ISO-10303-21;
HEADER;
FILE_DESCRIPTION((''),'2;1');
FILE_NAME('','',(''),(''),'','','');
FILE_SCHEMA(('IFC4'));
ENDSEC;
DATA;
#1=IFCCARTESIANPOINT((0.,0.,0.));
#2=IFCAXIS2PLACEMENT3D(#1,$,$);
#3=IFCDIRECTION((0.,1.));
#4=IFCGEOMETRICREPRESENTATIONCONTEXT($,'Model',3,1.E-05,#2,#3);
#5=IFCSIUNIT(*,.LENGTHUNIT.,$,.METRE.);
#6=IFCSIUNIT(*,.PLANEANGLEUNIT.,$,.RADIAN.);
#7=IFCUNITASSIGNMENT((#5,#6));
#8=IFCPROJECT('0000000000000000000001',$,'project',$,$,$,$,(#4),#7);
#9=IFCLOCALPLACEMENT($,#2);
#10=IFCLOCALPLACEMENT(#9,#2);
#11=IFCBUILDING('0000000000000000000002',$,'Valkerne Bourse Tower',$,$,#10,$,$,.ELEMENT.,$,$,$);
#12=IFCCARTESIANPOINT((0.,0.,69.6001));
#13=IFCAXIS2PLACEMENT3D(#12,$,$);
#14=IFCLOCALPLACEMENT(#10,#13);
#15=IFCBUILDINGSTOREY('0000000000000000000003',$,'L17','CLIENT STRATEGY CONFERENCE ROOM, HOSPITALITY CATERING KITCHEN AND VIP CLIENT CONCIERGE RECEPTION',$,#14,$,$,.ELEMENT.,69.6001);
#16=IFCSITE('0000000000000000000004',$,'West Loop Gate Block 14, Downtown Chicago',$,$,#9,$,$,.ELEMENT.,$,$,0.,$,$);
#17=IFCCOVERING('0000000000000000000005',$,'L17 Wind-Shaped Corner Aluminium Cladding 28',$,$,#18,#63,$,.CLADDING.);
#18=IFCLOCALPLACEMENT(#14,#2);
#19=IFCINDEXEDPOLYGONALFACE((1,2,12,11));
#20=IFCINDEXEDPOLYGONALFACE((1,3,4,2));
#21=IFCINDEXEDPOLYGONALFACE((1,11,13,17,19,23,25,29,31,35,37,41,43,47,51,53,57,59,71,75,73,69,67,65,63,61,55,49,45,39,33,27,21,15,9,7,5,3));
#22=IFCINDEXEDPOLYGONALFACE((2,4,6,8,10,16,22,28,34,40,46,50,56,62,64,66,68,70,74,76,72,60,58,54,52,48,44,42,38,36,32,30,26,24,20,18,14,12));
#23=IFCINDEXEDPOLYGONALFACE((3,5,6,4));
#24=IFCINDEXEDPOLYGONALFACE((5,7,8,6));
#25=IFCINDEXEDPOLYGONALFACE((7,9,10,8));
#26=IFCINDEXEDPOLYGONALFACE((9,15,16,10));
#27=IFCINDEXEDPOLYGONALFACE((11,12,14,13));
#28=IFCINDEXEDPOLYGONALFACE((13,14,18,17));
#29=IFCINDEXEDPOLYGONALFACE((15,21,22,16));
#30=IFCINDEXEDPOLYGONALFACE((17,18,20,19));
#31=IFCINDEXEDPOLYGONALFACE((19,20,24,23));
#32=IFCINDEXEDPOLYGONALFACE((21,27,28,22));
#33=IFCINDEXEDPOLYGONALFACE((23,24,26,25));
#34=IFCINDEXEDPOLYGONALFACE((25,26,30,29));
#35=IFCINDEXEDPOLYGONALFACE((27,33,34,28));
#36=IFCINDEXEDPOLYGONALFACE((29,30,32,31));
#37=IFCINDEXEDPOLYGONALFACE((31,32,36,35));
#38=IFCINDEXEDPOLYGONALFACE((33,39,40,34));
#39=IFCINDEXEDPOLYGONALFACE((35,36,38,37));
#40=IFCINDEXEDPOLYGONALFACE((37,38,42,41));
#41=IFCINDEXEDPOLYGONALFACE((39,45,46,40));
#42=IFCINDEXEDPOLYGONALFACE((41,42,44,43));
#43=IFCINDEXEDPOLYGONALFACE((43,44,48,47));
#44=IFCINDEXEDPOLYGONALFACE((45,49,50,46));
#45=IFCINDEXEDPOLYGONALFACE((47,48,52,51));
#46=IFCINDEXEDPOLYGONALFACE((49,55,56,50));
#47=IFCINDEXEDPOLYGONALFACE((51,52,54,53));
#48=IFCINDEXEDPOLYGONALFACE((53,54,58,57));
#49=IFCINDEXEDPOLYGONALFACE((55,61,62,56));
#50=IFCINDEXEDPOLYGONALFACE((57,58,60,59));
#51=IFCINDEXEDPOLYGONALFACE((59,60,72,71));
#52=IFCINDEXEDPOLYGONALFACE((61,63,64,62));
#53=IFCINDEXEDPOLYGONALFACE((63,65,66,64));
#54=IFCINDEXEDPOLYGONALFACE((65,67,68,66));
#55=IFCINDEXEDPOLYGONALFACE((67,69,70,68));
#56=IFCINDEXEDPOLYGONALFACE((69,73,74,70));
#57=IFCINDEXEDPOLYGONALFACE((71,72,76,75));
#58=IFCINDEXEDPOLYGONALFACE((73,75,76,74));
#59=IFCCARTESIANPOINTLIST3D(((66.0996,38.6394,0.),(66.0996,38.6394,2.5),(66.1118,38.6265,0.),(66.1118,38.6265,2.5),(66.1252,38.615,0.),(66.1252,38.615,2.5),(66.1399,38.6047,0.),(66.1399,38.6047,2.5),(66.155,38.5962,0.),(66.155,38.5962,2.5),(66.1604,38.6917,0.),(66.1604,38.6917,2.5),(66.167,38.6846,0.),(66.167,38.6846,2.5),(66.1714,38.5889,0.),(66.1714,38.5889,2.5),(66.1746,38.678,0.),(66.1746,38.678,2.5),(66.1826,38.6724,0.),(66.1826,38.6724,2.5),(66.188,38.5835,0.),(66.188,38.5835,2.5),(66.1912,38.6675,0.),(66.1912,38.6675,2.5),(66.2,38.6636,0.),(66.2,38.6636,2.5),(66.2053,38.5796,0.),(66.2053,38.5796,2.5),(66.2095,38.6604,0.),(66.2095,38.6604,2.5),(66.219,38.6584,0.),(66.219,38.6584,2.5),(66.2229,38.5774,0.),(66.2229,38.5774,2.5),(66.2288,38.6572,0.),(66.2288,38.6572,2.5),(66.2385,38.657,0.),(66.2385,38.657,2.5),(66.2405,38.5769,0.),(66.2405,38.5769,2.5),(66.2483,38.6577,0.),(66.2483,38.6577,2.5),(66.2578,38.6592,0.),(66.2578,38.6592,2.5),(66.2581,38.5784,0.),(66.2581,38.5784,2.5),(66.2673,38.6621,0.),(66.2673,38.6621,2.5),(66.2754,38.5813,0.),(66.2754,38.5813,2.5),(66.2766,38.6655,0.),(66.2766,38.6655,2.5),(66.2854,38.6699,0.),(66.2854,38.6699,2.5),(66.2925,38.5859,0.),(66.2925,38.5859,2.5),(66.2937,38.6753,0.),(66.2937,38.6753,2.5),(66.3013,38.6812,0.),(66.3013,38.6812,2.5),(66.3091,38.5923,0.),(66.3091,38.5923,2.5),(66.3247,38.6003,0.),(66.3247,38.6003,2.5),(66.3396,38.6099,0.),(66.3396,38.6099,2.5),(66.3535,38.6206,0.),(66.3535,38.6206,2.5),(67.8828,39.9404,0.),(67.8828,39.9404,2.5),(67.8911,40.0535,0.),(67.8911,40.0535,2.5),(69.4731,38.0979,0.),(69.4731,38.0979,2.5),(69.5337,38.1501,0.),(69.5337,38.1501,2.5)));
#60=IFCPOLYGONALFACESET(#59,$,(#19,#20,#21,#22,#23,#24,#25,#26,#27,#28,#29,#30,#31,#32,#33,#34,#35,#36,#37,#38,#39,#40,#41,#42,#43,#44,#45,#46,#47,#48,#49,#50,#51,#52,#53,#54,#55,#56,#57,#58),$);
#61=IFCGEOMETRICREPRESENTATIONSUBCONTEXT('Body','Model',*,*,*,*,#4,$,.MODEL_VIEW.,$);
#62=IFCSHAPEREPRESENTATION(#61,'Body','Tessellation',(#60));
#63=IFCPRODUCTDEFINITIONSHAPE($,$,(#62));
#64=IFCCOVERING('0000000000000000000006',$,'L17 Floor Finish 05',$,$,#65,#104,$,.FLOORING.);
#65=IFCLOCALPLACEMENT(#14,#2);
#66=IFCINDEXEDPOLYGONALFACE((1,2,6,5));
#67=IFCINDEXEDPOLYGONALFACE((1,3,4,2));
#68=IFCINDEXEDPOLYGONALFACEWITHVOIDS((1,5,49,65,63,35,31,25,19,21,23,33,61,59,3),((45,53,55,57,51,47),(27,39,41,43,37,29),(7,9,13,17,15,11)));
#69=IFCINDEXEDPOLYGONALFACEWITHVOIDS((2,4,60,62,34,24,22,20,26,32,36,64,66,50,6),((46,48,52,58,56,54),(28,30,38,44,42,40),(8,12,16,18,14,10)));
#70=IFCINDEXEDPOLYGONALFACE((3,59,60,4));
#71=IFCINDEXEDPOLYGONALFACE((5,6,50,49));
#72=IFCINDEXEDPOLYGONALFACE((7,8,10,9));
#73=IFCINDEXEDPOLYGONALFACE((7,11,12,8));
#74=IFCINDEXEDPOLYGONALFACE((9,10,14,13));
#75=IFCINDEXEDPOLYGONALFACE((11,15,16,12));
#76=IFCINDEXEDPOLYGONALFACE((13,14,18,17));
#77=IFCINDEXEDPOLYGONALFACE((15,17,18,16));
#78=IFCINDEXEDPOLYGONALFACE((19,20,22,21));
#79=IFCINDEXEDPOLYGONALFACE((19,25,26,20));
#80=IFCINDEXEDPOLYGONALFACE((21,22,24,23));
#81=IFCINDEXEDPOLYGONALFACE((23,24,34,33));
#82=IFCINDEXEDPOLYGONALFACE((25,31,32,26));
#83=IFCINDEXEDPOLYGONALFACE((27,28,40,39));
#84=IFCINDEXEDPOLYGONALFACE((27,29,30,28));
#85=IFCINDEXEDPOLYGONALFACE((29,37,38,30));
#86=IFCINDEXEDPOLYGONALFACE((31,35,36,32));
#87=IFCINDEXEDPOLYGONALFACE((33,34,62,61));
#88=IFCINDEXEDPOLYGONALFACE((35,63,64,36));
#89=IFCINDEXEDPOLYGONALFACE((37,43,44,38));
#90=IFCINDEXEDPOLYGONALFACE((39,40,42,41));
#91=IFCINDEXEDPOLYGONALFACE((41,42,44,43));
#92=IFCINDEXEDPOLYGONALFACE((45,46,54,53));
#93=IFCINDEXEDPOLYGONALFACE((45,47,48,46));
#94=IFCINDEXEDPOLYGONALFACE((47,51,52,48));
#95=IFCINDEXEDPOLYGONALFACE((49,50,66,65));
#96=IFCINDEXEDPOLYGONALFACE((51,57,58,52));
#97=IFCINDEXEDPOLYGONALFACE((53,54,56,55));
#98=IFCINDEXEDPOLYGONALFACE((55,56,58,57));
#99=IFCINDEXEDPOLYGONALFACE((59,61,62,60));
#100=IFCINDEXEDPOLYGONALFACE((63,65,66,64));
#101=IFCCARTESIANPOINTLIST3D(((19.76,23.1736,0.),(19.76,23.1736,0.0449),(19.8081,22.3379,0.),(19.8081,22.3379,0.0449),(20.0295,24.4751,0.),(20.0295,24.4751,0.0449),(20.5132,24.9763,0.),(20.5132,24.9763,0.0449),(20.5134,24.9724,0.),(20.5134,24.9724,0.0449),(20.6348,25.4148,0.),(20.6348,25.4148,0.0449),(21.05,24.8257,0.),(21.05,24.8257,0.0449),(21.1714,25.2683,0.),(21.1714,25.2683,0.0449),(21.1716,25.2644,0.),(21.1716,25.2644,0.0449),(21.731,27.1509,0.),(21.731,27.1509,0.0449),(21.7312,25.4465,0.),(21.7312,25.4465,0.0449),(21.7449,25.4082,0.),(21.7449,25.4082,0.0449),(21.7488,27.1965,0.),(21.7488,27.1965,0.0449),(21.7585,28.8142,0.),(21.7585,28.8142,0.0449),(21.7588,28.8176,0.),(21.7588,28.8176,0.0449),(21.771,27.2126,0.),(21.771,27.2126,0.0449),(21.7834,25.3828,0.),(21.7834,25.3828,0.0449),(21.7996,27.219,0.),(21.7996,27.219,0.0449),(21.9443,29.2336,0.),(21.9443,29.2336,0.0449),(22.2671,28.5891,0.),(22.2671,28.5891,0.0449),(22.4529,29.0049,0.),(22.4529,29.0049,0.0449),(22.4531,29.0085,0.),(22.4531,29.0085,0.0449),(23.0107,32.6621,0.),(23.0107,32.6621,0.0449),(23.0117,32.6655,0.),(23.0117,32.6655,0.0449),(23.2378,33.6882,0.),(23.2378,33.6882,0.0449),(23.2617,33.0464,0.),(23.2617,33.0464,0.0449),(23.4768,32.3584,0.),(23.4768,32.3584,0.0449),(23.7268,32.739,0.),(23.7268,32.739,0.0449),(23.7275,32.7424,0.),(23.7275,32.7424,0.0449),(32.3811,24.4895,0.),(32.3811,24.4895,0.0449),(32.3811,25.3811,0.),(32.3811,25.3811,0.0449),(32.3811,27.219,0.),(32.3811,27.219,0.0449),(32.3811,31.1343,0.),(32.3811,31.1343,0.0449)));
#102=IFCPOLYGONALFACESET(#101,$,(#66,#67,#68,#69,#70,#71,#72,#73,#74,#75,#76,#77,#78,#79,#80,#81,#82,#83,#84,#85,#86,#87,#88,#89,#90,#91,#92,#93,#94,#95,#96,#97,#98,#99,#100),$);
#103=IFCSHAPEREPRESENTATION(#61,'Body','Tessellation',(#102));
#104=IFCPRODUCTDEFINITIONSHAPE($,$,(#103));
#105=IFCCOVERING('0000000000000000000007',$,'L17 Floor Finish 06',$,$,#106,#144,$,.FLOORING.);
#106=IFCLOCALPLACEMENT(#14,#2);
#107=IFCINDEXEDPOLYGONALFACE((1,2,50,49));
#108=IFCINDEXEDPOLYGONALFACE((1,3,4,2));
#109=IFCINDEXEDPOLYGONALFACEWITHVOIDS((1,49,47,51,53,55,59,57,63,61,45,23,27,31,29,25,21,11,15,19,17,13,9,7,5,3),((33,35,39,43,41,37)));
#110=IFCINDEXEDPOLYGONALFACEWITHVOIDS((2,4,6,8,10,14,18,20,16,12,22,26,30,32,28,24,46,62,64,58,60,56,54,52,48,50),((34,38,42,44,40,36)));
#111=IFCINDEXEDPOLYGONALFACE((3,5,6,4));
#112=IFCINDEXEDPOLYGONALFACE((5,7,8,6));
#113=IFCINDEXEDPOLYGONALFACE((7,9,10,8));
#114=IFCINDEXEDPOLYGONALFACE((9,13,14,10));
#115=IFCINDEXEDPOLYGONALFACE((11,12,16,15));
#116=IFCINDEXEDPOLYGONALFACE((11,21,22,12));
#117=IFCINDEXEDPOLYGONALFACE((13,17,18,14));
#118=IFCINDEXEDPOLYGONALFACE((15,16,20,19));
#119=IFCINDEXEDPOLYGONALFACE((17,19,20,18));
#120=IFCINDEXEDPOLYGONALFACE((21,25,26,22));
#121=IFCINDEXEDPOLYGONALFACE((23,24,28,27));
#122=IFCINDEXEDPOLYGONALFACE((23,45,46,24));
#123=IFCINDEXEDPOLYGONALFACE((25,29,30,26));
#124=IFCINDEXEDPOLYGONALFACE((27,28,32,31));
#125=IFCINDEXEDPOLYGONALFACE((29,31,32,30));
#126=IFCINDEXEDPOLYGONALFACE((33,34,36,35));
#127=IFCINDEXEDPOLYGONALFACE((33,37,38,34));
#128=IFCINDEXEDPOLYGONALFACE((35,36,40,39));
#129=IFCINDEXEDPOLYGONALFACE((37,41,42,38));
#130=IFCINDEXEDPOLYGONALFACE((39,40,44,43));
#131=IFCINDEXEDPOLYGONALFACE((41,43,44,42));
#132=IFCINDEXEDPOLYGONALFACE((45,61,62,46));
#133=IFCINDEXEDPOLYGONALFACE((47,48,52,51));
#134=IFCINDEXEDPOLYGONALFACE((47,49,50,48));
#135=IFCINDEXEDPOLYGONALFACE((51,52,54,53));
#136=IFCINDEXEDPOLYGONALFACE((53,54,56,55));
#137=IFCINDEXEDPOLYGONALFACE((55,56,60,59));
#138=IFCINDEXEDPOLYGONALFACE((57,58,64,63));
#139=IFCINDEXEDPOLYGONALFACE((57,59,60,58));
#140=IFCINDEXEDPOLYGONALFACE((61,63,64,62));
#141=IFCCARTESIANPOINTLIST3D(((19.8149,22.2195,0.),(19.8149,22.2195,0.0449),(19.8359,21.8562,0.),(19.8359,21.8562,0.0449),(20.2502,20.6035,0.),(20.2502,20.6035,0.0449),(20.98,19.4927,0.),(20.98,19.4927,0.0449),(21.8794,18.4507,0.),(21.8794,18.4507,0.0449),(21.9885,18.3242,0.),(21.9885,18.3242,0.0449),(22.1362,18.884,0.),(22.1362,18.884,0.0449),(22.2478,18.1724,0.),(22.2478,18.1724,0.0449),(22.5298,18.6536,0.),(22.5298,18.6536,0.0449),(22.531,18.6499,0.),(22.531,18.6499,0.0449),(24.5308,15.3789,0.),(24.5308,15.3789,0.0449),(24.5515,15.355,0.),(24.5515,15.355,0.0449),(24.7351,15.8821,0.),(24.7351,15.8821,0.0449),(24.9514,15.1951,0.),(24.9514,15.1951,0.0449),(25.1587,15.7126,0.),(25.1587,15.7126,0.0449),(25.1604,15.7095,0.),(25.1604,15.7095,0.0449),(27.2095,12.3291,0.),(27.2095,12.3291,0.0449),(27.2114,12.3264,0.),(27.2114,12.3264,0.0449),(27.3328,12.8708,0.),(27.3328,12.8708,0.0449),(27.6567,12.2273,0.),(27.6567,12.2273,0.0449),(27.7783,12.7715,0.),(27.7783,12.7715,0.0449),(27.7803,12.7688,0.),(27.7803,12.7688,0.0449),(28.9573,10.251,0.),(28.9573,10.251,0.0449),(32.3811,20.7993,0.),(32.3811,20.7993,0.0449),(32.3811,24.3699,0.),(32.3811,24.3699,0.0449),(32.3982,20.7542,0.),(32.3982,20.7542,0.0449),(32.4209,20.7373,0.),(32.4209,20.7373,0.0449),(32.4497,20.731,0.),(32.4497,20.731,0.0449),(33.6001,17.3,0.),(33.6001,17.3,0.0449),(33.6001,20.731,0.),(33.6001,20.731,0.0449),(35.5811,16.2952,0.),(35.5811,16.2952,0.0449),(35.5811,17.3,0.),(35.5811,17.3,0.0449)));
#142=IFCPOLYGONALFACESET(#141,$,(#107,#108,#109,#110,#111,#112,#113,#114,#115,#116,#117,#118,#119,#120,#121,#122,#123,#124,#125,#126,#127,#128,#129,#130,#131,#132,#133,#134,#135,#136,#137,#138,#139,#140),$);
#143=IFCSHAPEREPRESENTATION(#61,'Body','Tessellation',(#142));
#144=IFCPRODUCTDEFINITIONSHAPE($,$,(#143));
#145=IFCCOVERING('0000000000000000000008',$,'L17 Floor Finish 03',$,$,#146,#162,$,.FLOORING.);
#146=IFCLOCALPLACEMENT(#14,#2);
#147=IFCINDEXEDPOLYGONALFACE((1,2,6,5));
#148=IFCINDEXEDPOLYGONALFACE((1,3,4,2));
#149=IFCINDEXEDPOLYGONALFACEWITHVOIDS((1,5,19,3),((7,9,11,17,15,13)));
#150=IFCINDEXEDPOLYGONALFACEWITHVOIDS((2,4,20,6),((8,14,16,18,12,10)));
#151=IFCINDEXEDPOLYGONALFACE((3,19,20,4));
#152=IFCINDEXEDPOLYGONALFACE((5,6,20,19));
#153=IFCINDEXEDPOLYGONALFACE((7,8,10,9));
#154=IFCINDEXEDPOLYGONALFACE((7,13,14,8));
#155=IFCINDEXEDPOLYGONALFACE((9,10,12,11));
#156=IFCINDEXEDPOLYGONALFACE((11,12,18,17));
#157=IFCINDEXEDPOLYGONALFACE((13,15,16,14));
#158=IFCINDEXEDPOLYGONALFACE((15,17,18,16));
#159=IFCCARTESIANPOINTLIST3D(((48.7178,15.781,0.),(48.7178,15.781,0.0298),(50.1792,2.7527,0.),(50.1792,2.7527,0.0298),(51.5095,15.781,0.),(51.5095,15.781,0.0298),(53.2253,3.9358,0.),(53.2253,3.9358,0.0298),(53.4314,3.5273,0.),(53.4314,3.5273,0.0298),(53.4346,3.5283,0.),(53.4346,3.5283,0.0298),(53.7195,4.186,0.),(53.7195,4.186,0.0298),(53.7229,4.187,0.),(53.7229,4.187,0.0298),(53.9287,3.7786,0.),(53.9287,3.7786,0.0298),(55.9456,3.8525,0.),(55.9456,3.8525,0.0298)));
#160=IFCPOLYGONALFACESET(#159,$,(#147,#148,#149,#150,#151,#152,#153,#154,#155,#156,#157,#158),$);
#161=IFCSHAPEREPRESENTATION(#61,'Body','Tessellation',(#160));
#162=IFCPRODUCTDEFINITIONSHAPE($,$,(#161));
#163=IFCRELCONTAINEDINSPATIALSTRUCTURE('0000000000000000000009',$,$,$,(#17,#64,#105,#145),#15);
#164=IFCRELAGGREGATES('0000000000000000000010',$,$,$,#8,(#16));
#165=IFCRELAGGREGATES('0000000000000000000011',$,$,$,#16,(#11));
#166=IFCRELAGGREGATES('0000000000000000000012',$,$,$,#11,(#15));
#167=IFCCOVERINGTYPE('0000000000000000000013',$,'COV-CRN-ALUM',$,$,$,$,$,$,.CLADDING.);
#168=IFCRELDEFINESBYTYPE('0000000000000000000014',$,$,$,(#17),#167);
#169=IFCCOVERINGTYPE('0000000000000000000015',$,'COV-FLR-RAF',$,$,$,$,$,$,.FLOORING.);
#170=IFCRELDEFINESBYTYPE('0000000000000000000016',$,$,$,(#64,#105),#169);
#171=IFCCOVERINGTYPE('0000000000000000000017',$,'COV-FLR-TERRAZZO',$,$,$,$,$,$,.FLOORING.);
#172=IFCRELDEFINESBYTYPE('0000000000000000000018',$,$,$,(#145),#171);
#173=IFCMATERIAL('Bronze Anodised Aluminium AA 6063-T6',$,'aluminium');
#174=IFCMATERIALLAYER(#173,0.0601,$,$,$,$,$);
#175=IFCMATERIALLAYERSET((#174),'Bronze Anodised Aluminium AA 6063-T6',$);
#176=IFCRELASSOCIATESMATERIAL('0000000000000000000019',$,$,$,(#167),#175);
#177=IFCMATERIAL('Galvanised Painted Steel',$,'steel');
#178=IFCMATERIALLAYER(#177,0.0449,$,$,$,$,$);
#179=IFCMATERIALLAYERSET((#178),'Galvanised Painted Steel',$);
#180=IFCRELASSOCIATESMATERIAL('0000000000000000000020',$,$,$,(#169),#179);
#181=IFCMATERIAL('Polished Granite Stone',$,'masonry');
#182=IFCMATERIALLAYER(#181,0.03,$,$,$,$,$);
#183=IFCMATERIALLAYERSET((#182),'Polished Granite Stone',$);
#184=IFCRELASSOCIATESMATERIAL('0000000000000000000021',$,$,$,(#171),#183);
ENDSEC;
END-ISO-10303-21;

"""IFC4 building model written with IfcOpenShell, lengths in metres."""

from ifc_helpers import new_model, si_unit, direction, frame, origin, place, context, subcontext, project, spatial, polyline, outline, extrude, material, layer, layer_set, type_object, element, save


model = new_model("IFC4")

# Units and contexts
model_context = context("Model", 3, precision=1e-05, world=origin(), true_north=direction((0.0, 1.0)))
body_context = subcontext(model_context, "Body", "Model", "MODEL_VIEW")
ifc_project = project(units=[si_unit("LENGTHUNIT", "METRE"), si_unit("PLANEANGLEUNIT", "RADIAN")], contexts=[model_context])

# Site, building, storey
site_placement = place(None, origin())
site = spatial("IfcSite", under=ifc_project, at=site_placement, Name="West Loop Gate Block 14, Downtown Chicago", CompositionType="ELEMENT", RefElevation=0.0)
building_placement = place(site_placement, origin())
building = spatial("IfcBuilding", under=site, at=building_placement, Name="Valkerne Bourse Tower", CompositionType="ELEMENT")
storey_placement = place(building_placement, frame((0.0, 0.0, 69.6001)))
storey = spatial("IfcBuildingStorey", under=building, at=storey_placement, Name="L17", Description="CLIENT STRATEGY CONFERENCE ROOM, HOSPITALITY CATERING KITCHEN AND VIP CLIENT CONCIERGE RECEPTION", CompositionType="ELEMENT", Elevation=69.6001)

# Coverings
ifc_material_1 = material(Name="Bronze Anodised Aluminium AA 6063-T6", Category="aluminium")
ifc_layer_1 = layer(ifc_material_1, 0.0601)
ifc_layer_set_1 = layer_set([ifc_layer_1], Name="Bronze Anodised Aluminium AA 6063-T6")
covering_type_1 = type_object("IfcCoveringType", Name="COV-CRN-ALUM", PredefinedType="CLADDING", material=ifc_layer_set_1)
covering_1_placement = place(storey_placement, origin())
element("IfcCovering", 1, at=covering_1_placement, inside=storey, type_object=covering_type_1, Name="L17 Wind-Shaped Corner Aluminium Cladding 28", PredefinedType="CLADDING", context=body_context, shape_type="SweptSolid", body=[
    extrude(outline(polyline([(66.167, 38.6846), (66.1746, 38.678), (66.1826, 38.6724), (66.1912, 38.6675), (66.2, 38.6636), (66.2095, 38.6604), (66.219, 38.6584), (66.2288, 38.6572), (66.2385, 38.657), (66.2483, 38.6577), (66.2578, 38.6592), (66.2673, 38.6621), (66.2766, 38.6655), (66.2854, 38.6699), (66.2937, 38.6753), (66.3013, 38.6812), (67.8911, 40.0535), (69.5337, 38.1501), (69.4731, 38.0979), (67.8828, 39.9404), (66.3535, 38.6206), (66.3396, 38.6099), (66.3247, 38.6003), (66.3091, 38.5923), (66.2925, 38.5859), (66.2754, 38.5813), (66.2581, 38.5784), (66.2405, 38.5769), (66.2229, 38.5774), (66.2053, 38.5796), (66.188, 38.5835), (66.1714, 38.5889), (66.155, 38.5962), (66.1399, 38.6047), (66.1252, 38.615), (66.1118, 38.6265), (66.0996, 38.6394), (66.1604, 38.6917), (66.167, 38.6846)])), origin(), (0.0, 0.0, 1.0), 2.5),
])
ifc_material_2 = material(Name="Galvanised Painted Steel", Category="steel")
ifc_layer_2 = layer(ifc_material_2, 0.0449)
ifc_layer_set_2 = layer_set([ifc_layer_2], Name="Galvanised Painted Steel")
covering_type_2 = type_object("IfcCoveringType", Name="COV-FLR-RAF", PredefinedType="FLOORING", material=ifc_layer_set_2)
covering_2_placement = place(storey_placement, origin())
element("IfcCovering", 2, at=covering_2_placement, inside=storey, type_object=covering_type_2, Name="L17 Floor Finish 05", PredefinedType="FLOORING", context=body_context, shape_type="SweptSolid", body=[
    extrude(outline(polyline([(23.2378, 33.6882), (32.3811, 31.1343), (32.3811, 27.219), (21.7996, 27.219), (21.771, 27.2126), (21.7488, 27.1965), (21.731, 27.1509), (21.7312, 25.4465), (21.7449, 25.4082), (21.7834, 25.3828), (32.3811, 25.3811), (32.3811, 24.4895), (19.8081, 22.3379), (19.76, 23.1736), (20.0295, 24.4751), (23.2378, 33.6882)]), holes=[polyline([(21.1714, 25.2683), (20.6348, 25.4148), (20.5132, 24.9763), (20.5134, 24.9724), (21.05, 24.8257), (21.1716, 25.2644), (21.1714, 25.2683)]), polyline([(22.4529, 29.0049), (22.4531, 29.0085), (21.9443, 29.2336), (21.7588, 28.8176), (21.7585, 28.8142), (22.2671, 28.5891), (22.4529, 29.0049)]), polyline([(23.7275, 32.7424), (23.2617, 33.0464), (23.0117, 32.6655), (23.0107, 32.6621), (23.4768, 32.3584), (23.7268, 32.739), (23.7275, 32.7424)])]), origin(), (0.0, 0.0, 1.0), 0.0449),
])
covering_3_placement = place(storey_placement, origin())
element("IfcCovering", 3, at=covering_3_placement, inside=storey, type_object=covering_type_2, Name="L17 Floor Finish 06", PredefinedType="FLOORING", context=body_context, shape_type="SweptSolid", body=[
    extrude(outline(polyline([(19.8359, 21.8562), (19.8149, 22.2195), (32.3811, 24.3699), (32.3811, 20.7993), (32.3982, 20.7542), (32.4209, 20.7373), (32.4497, 20.731), (33.6001, 20.731), (33.6001, 17.3), (35.5811, 17.3), (35.5811, 16.2952), (28.9573, 10.251), (24.5515, 15.355), (24.9514, 15.1951), (25.1604, 15.7095), (25.1587, 15.7126), (24.7351, 15.8821), (24.5308, 15.3789), (21.9885, 18.3242), (22.2478, 18.1724), (22.531, 18.6499), (22.5298, 18.6536), (22.1362, 18.884), (21.8794, 18.4507), (20.98, 19.4927), (20.2502, 20.6035), (19.8359, 21.8562)]), holes=[polyline([(27.7803, 12.7688), (27.7783, 12.7715), (27.3328, 12.8708), (27.2095, 12.3291), (27.2114, 12.3264), (27.6567, 12.2273), (27.7803, 12.7688)])]), origin(), (0.0, 0.0, 1.0), 0.0449),
])
ifc_material_3 = material(Name="Polished Granite Stone", Category="masonry")
ifc_layer_3 = layer(ifc_material_3, 0.03)
ifc_layer_set_3 = layer_set([ifc_layer_3], Name="Polished Granite Stone")
covering_type_3 = type_object("IfcCoveringType", Name="COV-FLR-TERRAZZO", PredefinedType="FLOORING", material=ifc_layer_set_3)
covering_4_placement = place(storey_placement, origin())
element("IfcCovering", 4, at=covering_4_placement, inside=storey, type_object=covering_type_3, Name="L17 Floor Finish 03", PredefinedType="FLOORING", context=body_context, shape_type="SweptSolid", body=[
    extrude(outline(polyline([(51.5095, 15.781), (55.9456, 3.8525), (50.1792, 2.7527), (48.7178, 15.781), (51.5095, 15.781)]), holes=[polyline([(53.4346, 3.5283), (53.9287, 3.7786), (53.7229, 4.187), (53.7195, 4.186), (53.2253, 3.9358), (53.4314, 3.5273), (53.4346, 3.5283)])]), origin(), (0.0, 0.0, 1.0), 0.0298),
])

save(model, "model.ifc")
